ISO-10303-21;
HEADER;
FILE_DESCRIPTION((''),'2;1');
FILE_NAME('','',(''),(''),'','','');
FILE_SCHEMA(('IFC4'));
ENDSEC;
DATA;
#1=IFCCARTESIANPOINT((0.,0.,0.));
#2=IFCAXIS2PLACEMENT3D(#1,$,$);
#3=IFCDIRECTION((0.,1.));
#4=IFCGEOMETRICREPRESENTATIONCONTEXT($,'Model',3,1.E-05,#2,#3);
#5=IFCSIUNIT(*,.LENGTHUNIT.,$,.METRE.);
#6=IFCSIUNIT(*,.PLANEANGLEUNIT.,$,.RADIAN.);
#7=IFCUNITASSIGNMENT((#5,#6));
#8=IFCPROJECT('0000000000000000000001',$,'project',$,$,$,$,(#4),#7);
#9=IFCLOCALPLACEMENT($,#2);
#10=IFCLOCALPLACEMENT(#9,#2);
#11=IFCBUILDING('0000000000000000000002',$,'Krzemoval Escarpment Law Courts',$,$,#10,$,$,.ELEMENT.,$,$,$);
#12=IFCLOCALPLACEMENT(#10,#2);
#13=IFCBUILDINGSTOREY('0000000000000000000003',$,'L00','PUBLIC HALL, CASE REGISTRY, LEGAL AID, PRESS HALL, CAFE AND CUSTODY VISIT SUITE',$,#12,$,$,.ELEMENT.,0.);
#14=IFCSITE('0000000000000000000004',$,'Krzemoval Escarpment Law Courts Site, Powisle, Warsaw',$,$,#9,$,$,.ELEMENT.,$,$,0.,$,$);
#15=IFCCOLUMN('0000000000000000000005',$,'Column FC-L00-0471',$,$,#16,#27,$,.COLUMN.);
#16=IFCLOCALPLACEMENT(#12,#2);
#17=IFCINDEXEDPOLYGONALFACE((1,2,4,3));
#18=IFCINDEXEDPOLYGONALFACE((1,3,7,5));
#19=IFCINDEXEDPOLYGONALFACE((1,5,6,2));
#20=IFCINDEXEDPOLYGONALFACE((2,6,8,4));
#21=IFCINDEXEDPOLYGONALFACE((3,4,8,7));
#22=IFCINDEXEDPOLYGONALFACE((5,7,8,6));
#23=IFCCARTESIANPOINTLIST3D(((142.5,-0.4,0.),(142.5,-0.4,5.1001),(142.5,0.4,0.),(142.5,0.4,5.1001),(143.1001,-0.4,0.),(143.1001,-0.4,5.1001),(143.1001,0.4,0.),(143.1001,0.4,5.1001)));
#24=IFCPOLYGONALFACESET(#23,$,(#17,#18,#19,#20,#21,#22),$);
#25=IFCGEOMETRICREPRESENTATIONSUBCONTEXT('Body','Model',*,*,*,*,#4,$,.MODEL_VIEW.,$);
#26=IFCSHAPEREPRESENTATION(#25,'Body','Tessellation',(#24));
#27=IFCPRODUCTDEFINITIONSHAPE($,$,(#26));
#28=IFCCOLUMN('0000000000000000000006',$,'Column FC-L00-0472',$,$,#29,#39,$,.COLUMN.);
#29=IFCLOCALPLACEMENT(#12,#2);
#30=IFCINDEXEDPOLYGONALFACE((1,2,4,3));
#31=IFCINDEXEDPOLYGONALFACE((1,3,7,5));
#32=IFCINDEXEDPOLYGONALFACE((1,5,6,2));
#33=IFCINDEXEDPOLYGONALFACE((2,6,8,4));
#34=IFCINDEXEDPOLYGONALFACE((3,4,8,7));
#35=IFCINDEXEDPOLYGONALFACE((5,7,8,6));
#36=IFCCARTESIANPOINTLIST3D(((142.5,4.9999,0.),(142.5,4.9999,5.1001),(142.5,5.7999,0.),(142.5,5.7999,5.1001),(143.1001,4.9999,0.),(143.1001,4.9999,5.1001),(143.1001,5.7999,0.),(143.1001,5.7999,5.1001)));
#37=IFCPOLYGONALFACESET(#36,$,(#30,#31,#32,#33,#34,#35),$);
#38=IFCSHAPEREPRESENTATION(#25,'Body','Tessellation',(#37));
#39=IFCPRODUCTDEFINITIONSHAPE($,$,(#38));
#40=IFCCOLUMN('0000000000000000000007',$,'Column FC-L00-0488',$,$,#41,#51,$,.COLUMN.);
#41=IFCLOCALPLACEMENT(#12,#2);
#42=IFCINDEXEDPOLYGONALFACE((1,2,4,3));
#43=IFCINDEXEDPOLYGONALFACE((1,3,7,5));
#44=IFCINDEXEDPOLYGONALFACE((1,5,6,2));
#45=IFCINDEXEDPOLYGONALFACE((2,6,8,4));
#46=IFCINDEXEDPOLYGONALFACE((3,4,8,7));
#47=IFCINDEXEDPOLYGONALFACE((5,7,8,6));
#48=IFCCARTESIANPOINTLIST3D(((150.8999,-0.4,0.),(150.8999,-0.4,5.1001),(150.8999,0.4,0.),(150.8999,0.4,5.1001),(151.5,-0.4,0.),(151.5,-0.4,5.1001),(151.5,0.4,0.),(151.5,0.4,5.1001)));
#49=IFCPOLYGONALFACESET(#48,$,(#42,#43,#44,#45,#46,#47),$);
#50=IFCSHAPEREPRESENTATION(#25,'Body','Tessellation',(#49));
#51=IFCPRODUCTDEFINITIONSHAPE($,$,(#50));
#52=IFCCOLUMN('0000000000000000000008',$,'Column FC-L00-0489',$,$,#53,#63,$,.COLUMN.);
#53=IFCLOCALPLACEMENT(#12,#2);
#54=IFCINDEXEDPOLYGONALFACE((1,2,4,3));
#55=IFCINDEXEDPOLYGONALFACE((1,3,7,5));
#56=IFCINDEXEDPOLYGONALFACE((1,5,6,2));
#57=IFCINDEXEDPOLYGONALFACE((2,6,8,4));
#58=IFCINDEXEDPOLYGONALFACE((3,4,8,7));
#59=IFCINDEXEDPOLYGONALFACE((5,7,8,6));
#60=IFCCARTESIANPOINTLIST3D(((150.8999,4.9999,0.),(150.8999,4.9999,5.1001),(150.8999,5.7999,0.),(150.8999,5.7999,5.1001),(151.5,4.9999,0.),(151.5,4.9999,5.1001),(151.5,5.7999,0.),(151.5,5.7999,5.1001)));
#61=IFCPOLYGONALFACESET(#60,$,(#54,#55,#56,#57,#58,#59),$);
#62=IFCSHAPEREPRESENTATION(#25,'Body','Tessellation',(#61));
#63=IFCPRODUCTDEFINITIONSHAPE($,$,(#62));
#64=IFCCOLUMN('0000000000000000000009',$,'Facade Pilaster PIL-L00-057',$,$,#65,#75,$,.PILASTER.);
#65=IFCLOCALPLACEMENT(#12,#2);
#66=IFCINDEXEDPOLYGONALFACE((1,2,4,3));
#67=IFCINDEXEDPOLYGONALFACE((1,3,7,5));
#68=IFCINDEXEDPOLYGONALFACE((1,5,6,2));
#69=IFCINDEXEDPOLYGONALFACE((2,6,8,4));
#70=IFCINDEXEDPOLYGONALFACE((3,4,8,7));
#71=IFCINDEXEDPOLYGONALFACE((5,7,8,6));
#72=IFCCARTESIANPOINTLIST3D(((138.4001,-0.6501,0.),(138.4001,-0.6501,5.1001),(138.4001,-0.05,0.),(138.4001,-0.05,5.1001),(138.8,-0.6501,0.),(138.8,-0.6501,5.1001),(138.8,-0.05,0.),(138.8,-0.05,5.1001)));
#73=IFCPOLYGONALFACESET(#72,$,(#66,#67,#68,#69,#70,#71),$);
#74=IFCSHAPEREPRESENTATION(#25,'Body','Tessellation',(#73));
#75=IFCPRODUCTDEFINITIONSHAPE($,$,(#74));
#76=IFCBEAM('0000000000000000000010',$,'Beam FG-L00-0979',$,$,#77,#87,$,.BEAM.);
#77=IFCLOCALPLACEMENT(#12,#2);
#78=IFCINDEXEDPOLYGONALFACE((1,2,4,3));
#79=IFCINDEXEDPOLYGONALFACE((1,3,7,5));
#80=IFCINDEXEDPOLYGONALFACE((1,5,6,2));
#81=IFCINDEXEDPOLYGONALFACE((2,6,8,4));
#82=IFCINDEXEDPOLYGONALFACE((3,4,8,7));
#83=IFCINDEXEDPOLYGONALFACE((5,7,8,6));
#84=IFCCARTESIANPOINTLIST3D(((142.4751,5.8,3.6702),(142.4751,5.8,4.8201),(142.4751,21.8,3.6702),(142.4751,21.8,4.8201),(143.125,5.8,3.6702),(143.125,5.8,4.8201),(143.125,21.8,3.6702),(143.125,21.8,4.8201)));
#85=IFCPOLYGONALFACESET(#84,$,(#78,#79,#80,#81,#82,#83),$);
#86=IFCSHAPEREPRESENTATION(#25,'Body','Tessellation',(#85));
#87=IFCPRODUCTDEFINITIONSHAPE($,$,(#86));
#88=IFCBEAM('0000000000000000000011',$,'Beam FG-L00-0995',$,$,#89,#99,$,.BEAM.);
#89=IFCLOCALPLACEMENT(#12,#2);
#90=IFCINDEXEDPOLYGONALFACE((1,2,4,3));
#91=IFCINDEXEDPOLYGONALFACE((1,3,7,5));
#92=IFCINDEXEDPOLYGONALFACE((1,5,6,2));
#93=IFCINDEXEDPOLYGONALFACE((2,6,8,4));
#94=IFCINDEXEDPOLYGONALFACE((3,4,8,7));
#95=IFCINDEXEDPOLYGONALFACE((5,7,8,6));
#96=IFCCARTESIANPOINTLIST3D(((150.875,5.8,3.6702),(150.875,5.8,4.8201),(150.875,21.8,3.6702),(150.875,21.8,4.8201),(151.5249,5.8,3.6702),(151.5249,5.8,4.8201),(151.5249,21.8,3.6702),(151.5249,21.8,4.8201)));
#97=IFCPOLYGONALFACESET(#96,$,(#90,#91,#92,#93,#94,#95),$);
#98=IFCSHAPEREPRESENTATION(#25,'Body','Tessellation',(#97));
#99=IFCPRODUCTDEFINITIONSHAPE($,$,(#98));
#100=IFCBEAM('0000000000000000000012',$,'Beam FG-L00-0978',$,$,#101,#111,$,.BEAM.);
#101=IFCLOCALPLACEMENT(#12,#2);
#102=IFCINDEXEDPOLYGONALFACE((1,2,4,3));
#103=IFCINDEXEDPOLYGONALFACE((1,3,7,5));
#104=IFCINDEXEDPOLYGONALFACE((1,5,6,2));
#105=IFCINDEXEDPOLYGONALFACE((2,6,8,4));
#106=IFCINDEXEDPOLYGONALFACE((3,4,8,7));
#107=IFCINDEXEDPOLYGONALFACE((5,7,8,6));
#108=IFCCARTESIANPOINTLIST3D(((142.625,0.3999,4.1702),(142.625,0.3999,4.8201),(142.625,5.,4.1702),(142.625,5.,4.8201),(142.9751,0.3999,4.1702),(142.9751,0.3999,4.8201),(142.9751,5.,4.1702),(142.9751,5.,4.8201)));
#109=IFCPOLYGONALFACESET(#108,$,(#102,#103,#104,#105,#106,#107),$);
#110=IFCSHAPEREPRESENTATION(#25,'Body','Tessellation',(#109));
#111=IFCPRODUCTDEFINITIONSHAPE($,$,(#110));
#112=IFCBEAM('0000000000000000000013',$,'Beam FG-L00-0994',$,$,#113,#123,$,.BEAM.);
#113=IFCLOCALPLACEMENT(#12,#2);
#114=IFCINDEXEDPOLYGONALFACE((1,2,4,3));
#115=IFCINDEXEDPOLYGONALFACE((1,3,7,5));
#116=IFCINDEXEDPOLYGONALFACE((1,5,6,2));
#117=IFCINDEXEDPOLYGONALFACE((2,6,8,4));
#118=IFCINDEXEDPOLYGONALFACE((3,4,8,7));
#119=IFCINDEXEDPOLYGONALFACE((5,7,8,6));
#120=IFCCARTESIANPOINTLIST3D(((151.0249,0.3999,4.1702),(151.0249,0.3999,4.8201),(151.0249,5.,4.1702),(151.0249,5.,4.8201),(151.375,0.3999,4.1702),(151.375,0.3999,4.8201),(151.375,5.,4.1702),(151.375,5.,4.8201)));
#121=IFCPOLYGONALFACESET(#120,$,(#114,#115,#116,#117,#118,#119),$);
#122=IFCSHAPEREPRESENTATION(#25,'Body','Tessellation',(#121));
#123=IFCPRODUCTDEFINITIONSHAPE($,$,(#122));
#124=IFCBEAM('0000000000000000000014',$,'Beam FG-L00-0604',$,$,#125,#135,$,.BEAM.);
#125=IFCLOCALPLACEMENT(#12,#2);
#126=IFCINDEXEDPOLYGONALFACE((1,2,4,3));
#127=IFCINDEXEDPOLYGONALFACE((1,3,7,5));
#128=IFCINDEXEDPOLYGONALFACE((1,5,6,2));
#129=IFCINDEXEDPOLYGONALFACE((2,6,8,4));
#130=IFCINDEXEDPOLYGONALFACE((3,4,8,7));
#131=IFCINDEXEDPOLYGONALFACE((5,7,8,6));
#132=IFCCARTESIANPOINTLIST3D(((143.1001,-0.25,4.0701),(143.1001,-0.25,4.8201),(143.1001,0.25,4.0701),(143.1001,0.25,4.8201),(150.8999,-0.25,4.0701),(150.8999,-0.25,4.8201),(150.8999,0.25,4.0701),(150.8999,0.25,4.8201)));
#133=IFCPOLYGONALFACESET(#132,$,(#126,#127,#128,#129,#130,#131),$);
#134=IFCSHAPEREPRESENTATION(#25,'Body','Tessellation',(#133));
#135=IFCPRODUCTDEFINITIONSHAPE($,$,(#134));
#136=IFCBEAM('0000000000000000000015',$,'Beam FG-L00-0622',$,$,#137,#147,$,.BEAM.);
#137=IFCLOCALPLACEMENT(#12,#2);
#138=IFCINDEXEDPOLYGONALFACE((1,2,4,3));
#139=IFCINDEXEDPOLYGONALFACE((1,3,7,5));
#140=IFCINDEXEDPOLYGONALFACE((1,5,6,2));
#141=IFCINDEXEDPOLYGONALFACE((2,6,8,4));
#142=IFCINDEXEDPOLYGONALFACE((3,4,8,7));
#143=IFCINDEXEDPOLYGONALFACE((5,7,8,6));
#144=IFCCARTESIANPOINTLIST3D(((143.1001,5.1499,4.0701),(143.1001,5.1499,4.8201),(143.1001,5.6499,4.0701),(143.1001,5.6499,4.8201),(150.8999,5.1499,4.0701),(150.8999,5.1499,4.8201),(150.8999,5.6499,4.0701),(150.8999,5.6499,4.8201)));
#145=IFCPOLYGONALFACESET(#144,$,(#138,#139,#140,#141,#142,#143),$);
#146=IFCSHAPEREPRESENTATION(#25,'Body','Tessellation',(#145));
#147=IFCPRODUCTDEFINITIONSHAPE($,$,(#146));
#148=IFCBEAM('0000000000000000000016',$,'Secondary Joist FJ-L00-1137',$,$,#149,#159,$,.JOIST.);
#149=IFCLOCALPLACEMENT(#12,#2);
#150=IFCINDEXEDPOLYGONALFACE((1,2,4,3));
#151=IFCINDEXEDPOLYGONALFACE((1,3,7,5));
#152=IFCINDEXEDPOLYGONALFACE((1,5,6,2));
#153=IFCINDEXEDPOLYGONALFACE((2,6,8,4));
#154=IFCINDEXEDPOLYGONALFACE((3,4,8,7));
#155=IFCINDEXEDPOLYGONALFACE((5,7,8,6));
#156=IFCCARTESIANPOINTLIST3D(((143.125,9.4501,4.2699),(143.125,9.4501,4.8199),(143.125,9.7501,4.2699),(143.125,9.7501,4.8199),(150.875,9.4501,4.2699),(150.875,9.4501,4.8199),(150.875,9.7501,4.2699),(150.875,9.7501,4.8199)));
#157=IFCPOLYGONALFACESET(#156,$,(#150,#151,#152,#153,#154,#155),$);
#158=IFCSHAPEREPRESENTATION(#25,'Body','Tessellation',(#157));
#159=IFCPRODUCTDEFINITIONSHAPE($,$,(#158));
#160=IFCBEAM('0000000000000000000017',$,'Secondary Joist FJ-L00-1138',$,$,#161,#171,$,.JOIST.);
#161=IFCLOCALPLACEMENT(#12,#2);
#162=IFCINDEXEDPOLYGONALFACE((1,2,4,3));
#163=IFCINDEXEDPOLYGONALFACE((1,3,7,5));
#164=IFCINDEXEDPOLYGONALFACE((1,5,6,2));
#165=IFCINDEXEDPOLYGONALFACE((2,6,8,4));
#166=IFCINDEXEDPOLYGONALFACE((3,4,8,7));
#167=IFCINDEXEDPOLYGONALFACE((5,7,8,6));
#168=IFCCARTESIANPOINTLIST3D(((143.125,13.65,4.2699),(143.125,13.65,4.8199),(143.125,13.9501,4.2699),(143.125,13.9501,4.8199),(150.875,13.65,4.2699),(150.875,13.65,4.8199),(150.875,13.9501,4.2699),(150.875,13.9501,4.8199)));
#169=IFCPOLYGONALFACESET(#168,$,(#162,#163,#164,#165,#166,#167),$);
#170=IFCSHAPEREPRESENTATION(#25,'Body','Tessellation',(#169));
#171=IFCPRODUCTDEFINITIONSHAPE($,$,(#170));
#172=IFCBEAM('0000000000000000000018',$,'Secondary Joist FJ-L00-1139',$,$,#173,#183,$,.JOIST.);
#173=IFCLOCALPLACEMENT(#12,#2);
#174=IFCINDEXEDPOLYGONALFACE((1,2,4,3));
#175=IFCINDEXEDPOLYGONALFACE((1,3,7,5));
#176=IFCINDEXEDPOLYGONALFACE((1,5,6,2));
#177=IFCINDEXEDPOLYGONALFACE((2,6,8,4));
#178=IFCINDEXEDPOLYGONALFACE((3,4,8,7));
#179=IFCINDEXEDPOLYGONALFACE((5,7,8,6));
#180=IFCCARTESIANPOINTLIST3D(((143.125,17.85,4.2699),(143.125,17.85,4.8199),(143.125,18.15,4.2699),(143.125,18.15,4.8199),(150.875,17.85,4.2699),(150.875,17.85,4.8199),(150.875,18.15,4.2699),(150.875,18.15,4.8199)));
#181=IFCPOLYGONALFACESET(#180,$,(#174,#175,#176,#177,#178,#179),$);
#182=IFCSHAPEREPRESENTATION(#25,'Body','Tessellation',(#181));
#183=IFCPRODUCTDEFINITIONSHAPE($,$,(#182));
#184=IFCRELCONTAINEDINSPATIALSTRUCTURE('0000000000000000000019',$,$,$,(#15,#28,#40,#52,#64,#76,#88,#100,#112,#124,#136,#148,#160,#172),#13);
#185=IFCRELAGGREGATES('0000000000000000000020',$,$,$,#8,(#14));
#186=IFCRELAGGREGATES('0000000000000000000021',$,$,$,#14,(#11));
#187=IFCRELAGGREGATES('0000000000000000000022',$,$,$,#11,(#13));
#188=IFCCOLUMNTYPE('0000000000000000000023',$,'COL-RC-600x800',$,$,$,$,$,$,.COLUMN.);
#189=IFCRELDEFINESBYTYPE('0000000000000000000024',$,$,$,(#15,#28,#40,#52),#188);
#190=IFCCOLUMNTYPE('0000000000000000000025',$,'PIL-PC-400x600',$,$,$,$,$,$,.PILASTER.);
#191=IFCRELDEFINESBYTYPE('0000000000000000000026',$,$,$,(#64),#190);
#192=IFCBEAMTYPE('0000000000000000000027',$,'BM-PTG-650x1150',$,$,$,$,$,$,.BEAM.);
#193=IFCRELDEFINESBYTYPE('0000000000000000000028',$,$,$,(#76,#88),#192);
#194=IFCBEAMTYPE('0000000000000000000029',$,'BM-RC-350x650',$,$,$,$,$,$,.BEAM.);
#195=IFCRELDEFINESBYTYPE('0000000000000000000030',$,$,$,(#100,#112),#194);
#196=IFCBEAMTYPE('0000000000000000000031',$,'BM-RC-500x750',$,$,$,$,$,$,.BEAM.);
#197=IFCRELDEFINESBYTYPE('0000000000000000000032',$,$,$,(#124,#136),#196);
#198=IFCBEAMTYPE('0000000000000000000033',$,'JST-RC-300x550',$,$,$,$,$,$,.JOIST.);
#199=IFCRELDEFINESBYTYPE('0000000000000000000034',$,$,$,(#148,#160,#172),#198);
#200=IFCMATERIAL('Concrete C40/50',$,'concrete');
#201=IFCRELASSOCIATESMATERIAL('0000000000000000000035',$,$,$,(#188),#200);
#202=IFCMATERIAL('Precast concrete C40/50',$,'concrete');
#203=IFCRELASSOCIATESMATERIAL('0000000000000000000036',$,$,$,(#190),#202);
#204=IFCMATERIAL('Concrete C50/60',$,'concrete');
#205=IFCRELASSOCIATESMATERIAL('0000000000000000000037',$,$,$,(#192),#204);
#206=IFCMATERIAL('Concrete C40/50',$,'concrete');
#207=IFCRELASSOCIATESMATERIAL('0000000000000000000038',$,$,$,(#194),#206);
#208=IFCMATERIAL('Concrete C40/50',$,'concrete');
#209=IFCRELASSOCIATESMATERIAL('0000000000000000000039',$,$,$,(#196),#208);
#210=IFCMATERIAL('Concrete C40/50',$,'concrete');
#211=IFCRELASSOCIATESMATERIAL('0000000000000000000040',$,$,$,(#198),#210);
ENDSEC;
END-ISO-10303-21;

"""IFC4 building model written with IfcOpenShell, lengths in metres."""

from ifc_helpers import new_model, si_unit, direction, frame, origin, origin_2d, place, context, subcontext, project, spatial, rectangle, extrude, material, material_profile, profile_set, type_object, element, save


model = new_model("IFC4")

# Units and contexts
model_context = context("Model", 3, precision=1e-05, world=origin(), true_north=direction((0.0, 1.0)))
body_context = subcontext(model_context, "Body", "Model", "MODEL_VIEW")
ifc_project = project(units=[si_unit("LENGTHUNIT", "METRE"), si_unit("PLANEANGLEUNIT", "RADIAN")], contexts=[model_context])

# Site, building, storey
site_placement = place(None, origin())
site = spatial("IfcSite", under=ifc_project, at=site_placement, Name="Krzemoval Escarpment Law Courts Site, Powisle, Warsaw", CompositionType="ELEMENT", RefElevation=0.0)
building_placement = place(site_placement, origin())
building = spatial("IfcBuilding", under=site, at=building_placement, Name="Krzemoval Escarpment Law Courts", CompositionType="ELEMENT")
storey_placement = place(building_placement, origin())
storey = spatial("IfcBuildingStorey", under=building, at=storey_placement, Name="L00", Description="PUBLIC HALL, CASE REGISTRY, LEGAL AID, PRESS HALL, CAFE AND CUSTODY VISIT SUITE", CompositionType="ELEMENT", Elevation=0.0)

# Columns
ifc_material_1 = material(Name="Concrete C40/50", Category="concrete")
ifc_material_profile_1 = material_profile(ifc_material_1, rectangle(XDim=0.6001, YDim=0.8, at=origin_2d()), Name="RC 600x800")
ifc_profile_set_1 = profile_set([ifc_material_profile_1], Name="Concrete C40/50")
column_type_1 = type_object("IfcColumnType", Name="COL-RC-600x800", PredefinedType="COLUMN", material=ifc_profile_set_1)
for number, where, z_axis, x_axis, name in (
    (1, (142.8, 0.0, 0.0), (0.0, 0.0, 1.0), (1.0, 0.0, 0.0), "Column FC-L00-0471"),
    (2, (142.8, 5.3999, 0.0), (0.0, 0.0, 1.0), (1.0, 0.0, 0.0), "Column FC-L00-0472"),
    (3, (151.2, 0.0, 0.0), (0.0, 0.0, 1.0), (1.0, 0.0, 0.0), "Column FC-L00-0488"),
    (4, (151.2, 5.3999, 0.0), (0.0, 0.0, 1.0), (1.0, 0.0, 0.0), "Column FC-L00-0489"),
):
    element("IfcColumn", number, at=place(storey_placement, frame(where, z_axis=z_axis, x_axis=x_axis)), inside=storey, type_object=column_type_1, Name=name, PredefinedType="COLUMN", context=body_context, shape_type="SweptSolid", body=[
        extrude(rectangle(XDim=0.6001, YDim=0.8, at=origin_2d()), origin(), (0.0, 0.0, 1.0), 5.1001),
    ])
ifc_material_2 = material(Name="Precast concrete C40/50", Category="concrete")
ifc_material_profile_2 = material_profile(ifc_material_2, rectangle(XDim=0.3999, YDim=0.6001, at=origin_2d()), Name="PIL 400x600")
ifc_profile_set_2 = profile_set([ifc_material_profile_2], Name="Precast concrete C40/50")
column_type_2 = type_object("IfcColumnType", Name="PIL-PC-400x600", PredefinedType="PILASTER", material=ifc_profile_set_2)
column_placement = place(storey_placement, frame((138.6001, -0.3501, 0.0), z_axis=(0.0, 0.0, 1.0), x_axis=(1.0, 0.0, 0.0)))
element("IfcColumn", 5, at=column_placement, inside=storey, type_object=column_type_2, Name="Facade Pilaster PIL-L00-057", PredefinedType="PILASTER", context=body_context, shape_type="SweptSolid", body=[
    extrude(rectangle(XDim=0.3999, YDim=0.6001, at=origin_2d()), origin(), (0.0, 0.0, 1.0), 5.1001),
])

# Beams
ifc_material_3 = material(Name="Concrete C50/60", Category="concrete")
ifc_material_profile_3 = material_profile(ifc_material_3, rectangle(XDim=0.6499, YDim=1.1499, at=origin_2d()), Name="PTG 650x1150")
ifc_profile_set_3 = profile_set([ifc_material_profile_3], Name="Concrete C50/60")
beam_type_1 = type_object("IfcBeamType", Name="BM-PTG-650x1150", PredefinedType="BEAM", material=ifc_profile_set_3)
for number, where, z_axis, x_axis, name in (
    (6, (142.8, 5.8, 4.2451), (0.0, 1.0, 0.0), (-1.0, 0.0, 0.0), "Beam FG-L00-0979"),
    (7, (151.2, 5.8, 4.2451), (0.0, 1.0, 0.0), (-1.0, 0.0, 0.0), "Beam FG-L00-0995"),
):
    element("IfcBeam", number, at=place(storey_placement, frame(where, z_axis=z_axis, x_axis=x_axis)), inside=storey, type_object=beam_type_1, Name=name, PredefinedType="BEAM", context=body_context, shape_type="SweptSolid", body=[
        extrude(rectangle(XDim=0.6499, YDim=1.1499, at=origin_2d()), origin(), (0.0, 0.0, 1.0), 16.0),
    ])
ifc_material_4 = material(Name="Concrete C40/50", Category="concrete")
ifc_material_profile_4 = material_profile(ifc_material_4, rectangle(XDim=0.3501, YDim=0.6499, at=origin_2d()), Name="RCB 350x650")
ifc_profile_set_4 = profile_set([ifc_material_profile_4], Name="Concrete C40/50")
beam_type_2 = type_object("IfcBeamType", Name="BM-RC-350x650", PredefinedType="BEAM", material=ifc_profile_set_4)
for number, where, z_axis, x_axis, name in (
    (8, (142.8, 0.3999, 4.4951), (0.0, 1.0, 0.0), (-1.0, 0.0, 0.0), "Beam FG-L00-0978"),
    (9, (151.2, 0.3999, 4.4951), (0.0, 1.0, 0.0), (-1.0, 0.0, 0.0), "Beam FG-L00-0994"),
):
    element("IfcBeam", number, at=place(storey_placement, frame(where, z_axis=z_axis, x_axis=x_axis)), inside=storey, type_object=beam_type_2, Name=name, PredefinedType="BEAM", context=body_context, shape_type="SweptSolid", body=[
        extrude(rectangle(XDim=0.3501, YDim=0.6499, at=origin_2d()), origin(), (0.0, 0.0, 1.0), 4.6001),
    ])
ifc_material_5 = material(Name="Concrete C40/50", Category="concrete")
ifc_material_profile_5 = material_profile(ifc_material_5, rectangle(XDim=0.5, YDim=0.75, at=origin_2d()), Name="RCB 500x750")
ifc_profile_set_5 = profile_set([ifc_material_profile_5], Name="Concrete C40/50")
beam_type_3 = type_object("IfcBeamType", Name="BM-RC-500x750", PredefinedType="BEAM", material=ifc_profile_set_5)
for number, where, z_axis, x_axis, name in (
    (10, (143.1001, 0.0, 4.4451), (1.0, 0.0, 0.0), (0.0, 1.0, 0.0), "Beam FG-L00-0604"),
    (11, (143.1001, 5.3999, 4.4451), (1.0, 0.0, 0.0), (0.0, 1.0, 0.0), "Beam FG-L00-0622"),
):
    element("IfcBeam", number, at=place(storey_placement, frame(where, z_axis=z_axis, x_axis=x_axis)), inside=storey, type_object=beam_type_3, Name=name, PredefinedType="BEAM", context=body_context, shape_type="SweptSolid", body=[
        extrude(rectangle(XDim=0.5, YDim=0.75, at=origin_2d()), origin(), (0.0, 0.0, 1.0), 7.7998),
    ])
ifc_material_6 = material(Name="Concrete C40/50", Category="concrete")
ifc_material_profile_6 = material_profile(ifc_material_6, rectangle(XDim=0.3, YDim=0.55, at=origin_2d()), Name="RCB 300x550")
ifc_profile_set_6 = profile_set([ifc_material_profile_6], Name="Concrete C40/50")
beam_type_4 = type_object("IfcBeamType", Name="JST-RC-300x550", PredefinedType="JOIST", material=ifc_profile_set_6)
for number, where, z_axis, x_axis, name in (
    (12, (143.125, 9.6001, 4.5449), (1.0, 0.0, 0.0), (0.0, 1.0, 0.0), "Secondary Joist FJ-L00-1137"),
    (13, (143.125, 13.8, 4.5449), (1.0, 0.0, 0.0), (0.0, 1.0, 0.0), "Secondary Joist FJ-L00-1138"),
    (14, (143.125, 18.0, 4.5449), (1.0, 0.0, 0.0), (0.0, 1.0, 0.0), "Secondary Joist FJ-L00-1139"),
):
    element("IfcBeam", number, at=place(storey_placement, frame(where, z_axis=z_axis, x_axis=x_axis)), inside=storey, type_object=beam_type_4, Name=name, PredefinedType="JOIST", context=body_context, shape_type="SweptSolid", body=[
        extrude(rectangle(XDim=0.3, YDim=0.55, at=origin_2d()), origin(), (0.0, 0.0, 1.0), 7.75),
    ])

save(model, "model.ifc")
